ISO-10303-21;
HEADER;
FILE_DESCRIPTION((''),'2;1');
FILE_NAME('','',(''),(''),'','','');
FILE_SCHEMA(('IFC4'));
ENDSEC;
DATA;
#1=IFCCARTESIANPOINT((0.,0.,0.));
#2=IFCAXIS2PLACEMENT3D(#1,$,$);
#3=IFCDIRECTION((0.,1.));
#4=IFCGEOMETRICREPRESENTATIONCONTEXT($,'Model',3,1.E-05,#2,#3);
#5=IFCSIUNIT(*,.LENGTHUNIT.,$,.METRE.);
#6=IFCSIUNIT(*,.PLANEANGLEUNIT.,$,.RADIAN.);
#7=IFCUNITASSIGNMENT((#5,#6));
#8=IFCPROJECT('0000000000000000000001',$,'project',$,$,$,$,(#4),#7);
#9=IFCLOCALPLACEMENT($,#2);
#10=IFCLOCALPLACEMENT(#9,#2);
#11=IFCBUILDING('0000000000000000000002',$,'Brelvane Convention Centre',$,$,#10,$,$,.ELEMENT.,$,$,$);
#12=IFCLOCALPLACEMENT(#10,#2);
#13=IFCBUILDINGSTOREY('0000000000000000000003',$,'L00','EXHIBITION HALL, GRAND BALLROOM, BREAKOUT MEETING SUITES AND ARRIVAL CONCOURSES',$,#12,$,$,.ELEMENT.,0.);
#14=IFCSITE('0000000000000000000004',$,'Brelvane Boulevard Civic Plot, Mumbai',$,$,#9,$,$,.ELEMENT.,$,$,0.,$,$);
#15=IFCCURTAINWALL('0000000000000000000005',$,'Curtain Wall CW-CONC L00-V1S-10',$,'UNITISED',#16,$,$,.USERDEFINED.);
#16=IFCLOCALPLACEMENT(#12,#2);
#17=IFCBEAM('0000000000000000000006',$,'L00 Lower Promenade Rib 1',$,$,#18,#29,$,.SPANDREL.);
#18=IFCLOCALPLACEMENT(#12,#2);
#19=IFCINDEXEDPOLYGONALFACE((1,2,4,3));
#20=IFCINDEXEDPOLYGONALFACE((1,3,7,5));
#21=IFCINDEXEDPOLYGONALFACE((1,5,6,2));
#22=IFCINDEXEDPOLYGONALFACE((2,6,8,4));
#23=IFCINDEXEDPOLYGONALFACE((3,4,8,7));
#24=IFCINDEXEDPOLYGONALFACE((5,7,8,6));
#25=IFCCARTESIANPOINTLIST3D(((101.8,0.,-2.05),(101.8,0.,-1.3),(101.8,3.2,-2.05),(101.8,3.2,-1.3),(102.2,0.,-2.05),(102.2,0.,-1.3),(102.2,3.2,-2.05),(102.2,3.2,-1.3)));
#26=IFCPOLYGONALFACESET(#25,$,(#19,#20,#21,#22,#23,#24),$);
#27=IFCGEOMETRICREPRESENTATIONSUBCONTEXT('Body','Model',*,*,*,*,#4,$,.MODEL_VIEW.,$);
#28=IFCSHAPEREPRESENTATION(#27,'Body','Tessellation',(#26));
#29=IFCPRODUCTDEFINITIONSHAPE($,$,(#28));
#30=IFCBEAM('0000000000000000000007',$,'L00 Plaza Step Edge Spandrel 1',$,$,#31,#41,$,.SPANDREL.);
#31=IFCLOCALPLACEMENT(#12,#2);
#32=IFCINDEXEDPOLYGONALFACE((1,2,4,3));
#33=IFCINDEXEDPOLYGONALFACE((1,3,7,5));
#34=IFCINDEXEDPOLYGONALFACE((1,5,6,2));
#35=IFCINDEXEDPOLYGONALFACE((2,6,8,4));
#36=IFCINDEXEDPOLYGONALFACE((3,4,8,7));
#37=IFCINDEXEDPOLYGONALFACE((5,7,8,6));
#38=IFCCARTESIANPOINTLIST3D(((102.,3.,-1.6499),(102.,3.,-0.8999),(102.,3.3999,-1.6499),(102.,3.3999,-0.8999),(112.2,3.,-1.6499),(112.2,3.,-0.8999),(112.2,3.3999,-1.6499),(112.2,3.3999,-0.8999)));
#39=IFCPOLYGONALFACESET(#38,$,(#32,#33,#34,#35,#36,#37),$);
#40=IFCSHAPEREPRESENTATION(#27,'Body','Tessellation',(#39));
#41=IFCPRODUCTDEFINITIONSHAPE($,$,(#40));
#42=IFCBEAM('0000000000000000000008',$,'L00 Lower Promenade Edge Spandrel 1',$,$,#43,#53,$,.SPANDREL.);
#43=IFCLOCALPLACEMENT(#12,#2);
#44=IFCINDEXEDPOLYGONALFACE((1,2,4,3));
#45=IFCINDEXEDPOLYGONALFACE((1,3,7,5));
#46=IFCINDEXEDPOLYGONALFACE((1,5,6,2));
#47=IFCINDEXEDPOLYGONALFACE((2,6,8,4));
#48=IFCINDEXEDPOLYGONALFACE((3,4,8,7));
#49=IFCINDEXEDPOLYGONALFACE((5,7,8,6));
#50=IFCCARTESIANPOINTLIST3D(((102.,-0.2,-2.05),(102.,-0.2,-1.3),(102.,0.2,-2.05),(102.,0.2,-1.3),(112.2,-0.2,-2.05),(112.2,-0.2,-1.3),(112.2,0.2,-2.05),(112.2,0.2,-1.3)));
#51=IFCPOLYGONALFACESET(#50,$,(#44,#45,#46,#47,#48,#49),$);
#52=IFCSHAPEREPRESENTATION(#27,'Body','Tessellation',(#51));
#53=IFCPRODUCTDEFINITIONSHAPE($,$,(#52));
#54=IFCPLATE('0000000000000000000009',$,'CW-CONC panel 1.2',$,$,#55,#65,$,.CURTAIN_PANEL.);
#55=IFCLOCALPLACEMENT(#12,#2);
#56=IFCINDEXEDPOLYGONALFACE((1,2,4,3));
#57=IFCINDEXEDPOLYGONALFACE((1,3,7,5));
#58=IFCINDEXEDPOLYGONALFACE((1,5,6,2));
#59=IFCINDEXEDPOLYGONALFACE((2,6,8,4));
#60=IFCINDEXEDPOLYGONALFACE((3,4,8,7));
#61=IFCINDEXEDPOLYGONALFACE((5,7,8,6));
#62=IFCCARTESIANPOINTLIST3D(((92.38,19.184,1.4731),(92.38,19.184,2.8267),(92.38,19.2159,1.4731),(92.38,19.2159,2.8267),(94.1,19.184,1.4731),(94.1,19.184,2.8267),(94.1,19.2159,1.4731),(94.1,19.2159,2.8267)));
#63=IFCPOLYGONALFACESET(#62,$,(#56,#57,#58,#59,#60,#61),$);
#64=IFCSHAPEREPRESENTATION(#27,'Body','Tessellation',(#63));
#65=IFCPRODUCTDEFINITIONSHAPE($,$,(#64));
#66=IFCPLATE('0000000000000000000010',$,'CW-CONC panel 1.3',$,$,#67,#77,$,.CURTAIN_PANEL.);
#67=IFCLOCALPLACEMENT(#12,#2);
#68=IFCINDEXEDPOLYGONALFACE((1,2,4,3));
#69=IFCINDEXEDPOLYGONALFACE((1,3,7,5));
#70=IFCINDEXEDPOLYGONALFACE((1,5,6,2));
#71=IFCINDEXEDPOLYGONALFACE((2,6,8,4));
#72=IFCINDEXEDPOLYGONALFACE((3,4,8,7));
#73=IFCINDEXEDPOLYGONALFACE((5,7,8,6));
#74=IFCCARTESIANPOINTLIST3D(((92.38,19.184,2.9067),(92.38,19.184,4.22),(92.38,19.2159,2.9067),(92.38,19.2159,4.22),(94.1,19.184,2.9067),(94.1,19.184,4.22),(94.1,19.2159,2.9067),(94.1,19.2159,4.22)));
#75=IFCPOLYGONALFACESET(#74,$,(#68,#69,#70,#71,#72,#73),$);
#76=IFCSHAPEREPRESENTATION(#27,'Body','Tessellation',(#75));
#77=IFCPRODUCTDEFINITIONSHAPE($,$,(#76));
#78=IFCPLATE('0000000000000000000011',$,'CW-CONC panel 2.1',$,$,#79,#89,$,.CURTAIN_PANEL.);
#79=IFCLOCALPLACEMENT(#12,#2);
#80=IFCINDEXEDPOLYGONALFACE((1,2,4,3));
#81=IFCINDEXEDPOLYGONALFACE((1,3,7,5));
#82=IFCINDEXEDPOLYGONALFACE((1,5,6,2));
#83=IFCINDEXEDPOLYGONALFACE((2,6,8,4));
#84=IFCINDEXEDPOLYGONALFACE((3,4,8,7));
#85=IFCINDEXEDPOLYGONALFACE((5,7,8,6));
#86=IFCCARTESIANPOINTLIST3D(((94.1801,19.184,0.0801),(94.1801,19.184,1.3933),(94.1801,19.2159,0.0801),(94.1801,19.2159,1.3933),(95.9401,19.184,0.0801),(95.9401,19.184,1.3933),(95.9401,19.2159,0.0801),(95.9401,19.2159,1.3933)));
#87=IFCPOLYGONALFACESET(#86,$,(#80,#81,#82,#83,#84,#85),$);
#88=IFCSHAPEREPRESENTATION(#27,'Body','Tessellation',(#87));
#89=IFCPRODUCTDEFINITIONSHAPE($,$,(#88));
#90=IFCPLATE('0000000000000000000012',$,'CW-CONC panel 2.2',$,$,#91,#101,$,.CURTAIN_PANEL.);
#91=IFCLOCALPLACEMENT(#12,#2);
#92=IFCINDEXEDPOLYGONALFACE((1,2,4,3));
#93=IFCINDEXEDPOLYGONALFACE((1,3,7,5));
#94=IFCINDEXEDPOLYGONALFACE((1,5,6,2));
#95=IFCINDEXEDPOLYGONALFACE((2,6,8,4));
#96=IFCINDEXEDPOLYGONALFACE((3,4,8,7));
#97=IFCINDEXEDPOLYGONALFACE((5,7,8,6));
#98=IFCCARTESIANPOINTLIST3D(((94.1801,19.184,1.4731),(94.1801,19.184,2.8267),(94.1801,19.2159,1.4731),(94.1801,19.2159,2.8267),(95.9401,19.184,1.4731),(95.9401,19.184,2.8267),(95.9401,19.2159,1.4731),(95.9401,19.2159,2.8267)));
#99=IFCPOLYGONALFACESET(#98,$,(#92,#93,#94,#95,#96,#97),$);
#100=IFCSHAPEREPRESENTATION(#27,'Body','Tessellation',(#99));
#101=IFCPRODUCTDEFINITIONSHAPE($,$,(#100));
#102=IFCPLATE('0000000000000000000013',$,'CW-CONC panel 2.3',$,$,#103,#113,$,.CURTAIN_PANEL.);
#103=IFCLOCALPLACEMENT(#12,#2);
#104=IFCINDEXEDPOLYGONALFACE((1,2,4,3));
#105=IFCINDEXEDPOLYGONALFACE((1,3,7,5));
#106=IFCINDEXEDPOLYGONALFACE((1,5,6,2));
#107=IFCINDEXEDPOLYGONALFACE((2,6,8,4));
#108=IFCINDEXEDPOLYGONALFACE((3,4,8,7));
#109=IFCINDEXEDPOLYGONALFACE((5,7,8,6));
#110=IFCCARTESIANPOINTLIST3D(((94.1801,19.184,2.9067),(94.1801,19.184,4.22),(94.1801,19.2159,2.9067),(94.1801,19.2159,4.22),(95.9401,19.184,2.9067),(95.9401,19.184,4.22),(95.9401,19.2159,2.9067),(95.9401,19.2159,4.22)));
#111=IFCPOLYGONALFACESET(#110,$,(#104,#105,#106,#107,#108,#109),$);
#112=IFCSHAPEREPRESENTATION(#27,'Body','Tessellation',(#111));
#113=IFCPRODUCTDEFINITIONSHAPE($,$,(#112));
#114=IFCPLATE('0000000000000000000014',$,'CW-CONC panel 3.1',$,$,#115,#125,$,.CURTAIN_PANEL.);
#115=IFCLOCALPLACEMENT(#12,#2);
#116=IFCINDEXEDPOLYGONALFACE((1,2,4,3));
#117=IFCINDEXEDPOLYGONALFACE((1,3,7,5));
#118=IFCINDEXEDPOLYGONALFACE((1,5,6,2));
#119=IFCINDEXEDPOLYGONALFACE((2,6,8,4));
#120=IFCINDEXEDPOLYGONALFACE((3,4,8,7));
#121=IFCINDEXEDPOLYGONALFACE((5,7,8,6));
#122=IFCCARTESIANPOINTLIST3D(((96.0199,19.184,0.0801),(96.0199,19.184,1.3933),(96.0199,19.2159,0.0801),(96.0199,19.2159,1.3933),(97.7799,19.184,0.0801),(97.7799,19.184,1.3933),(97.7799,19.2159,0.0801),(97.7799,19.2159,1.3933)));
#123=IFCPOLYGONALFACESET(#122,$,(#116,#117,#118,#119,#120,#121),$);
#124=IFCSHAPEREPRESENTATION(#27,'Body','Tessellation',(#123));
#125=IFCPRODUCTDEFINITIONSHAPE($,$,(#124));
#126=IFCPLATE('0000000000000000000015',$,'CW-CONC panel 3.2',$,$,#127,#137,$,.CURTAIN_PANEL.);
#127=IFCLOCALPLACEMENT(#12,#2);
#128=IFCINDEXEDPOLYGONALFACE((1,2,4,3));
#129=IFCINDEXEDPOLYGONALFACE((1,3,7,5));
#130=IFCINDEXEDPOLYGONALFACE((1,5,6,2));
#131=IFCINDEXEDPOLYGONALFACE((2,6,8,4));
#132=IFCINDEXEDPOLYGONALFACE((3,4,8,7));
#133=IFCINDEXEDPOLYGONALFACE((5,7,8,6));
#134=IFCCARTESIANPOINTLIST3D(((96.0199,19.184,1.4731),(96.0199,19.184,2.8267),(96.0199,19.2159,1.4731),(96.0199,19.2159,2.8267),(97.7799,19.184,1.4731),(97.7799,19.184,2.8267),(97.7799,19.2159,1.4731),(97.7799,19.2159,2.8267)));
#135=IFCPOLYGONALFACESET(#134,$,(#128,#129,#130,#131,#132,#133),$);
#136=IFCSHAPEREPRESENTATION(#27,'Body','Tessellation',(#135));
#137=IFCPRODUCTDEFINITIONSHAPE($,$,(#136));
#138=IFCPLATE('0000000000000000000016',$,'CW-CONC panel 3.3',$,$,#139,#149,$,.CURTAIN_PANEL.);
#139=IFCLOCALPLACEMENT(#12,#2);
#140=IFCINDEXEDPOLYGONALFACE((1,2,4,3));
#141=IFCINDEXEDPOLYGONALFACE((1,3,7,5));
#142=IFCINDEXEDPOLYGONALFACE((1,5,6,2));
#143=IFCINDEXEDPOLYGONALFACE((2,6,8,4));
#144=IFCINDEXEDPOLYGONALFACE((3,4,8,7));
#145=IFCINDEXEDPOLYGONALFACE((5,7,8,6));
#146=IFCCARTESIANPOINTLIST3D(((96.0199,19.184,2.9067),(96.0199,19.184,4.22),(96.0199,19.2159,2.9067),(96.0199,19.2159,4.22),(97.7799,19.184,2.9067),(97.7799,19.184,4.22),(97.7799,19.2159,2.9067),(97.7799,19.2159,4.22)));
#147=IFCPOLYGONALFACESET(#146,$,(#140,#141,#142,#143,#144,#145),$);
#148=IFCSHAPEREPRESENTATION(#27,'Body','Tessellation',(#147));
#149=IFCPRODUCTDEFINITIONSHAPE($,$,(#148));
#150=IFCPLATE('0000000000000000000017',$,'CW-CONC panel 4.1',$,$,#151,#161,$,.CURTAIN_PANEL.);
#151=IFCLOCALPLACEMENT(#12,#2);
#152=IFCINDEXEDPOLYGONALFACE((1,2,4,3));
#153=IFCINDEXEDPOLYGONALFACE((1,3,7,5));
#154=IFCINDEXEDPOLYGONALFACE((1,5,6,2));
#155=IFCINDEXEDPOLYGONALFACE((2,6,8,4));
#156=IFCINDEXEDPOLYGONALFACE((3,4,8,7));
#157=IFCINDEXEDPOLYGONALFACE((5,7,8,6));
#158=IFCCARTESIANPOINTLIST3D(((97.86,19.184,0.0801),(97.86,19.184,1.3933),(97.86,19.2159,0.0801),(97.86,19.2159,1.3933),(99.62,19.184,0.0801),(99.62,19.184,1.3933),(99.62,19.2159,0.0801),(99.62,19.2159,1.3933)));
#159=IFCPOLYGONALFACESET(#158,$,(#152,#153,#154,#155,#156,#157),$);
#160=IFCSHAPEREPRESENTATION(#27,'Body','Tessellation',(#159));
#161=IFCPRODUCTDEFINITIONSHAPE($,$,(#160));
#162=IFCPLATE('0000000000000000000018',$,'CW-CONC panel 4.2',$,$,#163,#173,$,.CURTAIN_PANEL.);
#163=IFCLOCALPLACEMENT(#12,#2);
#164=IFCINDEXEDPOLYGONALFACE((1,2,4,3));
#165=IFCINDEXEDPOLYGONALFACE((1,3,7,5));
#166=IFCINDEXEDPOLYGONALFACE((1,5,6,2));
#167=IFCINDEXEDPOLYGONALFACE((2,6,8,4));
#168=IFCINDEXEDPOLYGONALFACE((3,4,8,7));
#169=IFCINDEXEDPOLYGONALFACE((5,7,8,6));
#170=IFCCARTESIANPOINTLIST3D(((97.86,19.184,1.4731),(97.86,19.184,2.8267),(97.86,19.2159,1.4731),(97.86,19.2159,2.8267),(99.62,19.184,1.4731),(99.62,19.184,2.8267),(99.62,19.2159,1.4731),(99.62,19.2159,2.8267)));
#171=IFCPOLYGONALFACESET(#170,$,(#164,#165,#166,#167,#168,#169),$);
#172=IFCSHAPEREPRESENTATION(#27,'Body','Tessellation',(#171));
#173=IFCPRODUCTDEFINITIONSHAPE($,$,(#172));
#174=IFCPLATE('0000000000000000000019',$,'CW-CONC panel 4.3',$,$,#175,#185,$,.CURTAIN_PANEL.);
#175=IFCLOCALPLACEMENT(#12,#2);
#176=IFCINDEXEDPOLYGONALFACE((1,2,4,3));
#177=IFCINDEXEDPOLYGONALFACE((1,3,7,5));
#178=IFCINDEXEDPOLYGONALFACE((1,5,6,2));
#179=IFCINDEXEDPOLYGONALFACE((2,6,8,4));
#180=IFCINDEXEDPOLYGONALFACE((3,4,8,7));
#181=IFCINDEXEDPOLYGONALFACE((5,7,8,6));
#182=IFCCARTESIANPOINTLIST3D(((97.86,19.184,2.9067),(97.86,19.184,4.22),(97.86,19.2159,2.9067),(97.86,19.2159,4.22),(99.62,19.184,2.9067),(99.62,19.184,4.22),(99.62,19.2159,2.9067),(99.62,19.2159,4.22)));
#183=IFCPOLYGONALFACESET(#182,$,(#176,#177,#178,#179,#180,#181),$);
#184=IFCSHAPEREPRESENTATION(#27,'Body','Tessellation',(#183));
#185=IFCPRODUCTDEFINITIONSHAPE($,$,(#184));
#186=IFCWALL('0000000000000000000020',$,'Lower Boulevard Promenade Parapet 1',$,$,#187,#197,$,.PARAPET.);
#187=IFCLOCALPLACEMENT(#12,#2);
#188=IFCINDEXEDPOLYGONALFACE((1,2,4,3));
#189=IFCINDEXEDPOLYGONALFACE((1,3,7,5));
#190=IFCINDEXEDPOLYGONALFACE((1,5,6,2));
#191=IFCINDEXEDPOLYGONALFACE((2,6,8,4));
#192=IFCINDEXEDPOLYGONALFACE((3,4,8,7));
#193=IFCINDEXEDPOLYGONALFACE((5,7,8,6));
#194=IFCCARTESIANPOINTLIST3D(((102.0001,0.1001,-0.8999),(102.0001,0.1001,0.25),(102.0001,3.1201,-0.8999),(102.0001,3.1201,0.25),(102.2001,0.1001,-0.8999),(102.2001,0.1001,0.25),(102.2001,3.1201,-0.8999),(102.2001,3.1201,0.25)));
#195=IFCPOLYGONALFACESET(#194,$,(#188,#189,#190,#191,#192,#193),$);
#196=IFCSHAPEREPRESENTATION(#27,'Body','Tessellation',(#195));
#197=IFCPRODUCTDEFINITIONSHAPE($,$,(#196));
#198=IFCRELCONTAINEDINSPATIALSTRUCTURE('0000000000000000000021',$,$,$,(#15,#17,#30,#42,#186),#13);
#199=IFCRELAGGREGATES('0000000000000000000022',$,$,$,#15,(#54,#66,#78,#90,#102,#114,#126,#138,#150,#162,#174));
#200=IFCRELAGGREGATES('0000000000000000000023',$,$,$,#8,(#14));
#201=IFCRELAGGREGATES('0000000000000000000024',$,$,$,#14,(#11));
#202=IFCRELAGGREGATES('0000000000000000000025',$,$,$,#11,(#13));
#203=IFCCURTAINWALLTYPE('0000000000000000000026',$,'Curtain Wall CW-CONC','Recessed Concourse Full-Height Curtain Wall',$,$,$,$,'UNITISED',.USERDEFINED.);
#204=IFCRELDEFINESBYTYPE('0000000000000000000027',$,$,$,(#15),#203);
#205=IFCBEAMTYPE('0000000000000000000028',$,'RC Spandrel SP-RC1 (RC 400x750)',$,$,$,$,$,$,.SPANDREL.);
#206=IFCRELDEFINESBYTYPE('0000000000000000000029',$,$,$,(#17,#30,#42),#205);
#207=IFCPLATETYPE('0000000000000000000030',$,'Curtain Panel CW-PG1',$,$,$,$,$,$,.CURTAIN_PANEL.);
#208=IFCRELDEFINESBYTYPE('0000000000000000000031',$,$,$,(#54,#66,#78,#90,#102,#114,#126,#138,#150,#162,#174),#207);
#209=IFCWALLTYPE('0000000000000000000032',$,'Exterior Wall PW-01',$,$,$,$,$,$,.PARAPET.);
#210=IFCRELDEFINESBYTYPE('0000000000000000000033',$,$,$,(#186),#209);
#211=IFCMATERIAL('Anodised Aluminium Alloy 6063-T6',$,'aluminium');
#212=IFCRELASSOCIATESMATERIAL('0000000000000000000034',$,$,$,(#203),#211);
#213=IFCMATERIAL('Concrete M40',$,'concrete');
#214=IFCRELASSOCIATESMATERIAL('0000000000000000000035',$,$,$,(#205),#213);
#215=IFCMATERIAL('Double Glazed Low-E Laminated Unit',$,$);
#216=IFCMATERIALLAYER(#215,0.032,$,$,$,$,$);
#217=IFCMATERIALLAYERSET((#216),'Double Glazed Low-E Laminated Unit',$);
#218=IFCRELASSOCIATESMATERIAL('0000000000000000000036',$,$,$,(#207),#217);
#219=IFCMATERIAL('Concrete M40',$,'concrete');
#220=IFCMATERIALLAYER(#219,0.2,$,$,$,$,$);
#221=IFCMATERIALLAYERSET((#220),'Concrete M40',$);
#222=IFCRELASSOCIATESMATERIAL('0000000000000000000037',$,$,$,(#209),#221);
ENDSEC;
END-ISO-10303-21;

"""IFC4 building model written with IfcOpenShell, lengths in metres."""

from ifc_helpers import new_model, si_unit, direction, frame, frame_2d, origin, origin_2d, place, context, subcontext, project, spatial, rectangle, extrude, material, layer, layer_set, material_profile, profile_set, type_object, element, aggregate, save


model = new_model("IFC4")

# Units and contexts
model_context = context("Model", 3, precision=1e-05, world=origin(), true_north=direction((0.0, 1.0)))
body_context = subcontext(model_context, "Body", "Model", "MODEL_VIEW")
ifc_project = project(units=[si_unit("LENGTHUNIT", "METRE"), si_unit("PLANEANGLEUNIT", "RADIAN")], contexts=[model_context])

# Site, building, storey
site_placement = place(None, origin())
site = spatial("IfcSite", under=ifc_project, at=site_placement, Name="Brelvane Boulevard Civic Plot, Mumbai", CompositionType="ELEMENT", RefElevation=0.0)
building_placement = place(site_placement, origin())
building = spatial("IfcBuilding", under=site, at=building_placement, Name="Brelvane Convention Centre", CompositionType="ELEMENT")
storey_placement = place(building_placement, origin())
storey = spatial("IfcBuildingStorey", under=building, at=storey_placement, Name="L00", Description="EXHIBITION HALL, GRAND BALLROOM, BREAKOUT MEETING SUITES AND ARRIVAL CONCOURSES", CompositionType="ELEMENT", Elevation=0.0)

# Curtain wall
ifc_material_1 = material(Name="Anodised Aluminium Alloy 6063-T6", Category="aluminium")
curtain_wall_type = type_object("IfcCurtainWallType", Name="Curtain Wall CW-CONC", Description="Recessed Concourse Full-Height Curtain Wall", ElementType="UNITISED", PredefinedType="USERDEFINED", material=ifc_material_1)
curtain_wall_placement = place(storey_placement, origin())
curtain_wall = element("IfcCurtainWall", 1, at=curtain_wall_placement, inside=storey, type_object=curtain_wall_type, Name="Curtain Wall CW-CONC L00-V1S-10", ObjectType="UNITISED", PredefinedType="USERDEFINED")

# Beams
ifc_material_2 = material(Name="Concrete M40", Category="concrete")
ifc_material_profile_1 = material_profile(ifc_material_2, rectangle(XDim=0.3999, YDim=0.75, at=origin_2d()), Name="RC 400x750")
ifc_profile_set_1 = profile_set([ifc_material_profile_1], Name="Concrete M40")
beam_type_1 = type_object("IfcBeamType", Name="RC Spandrel SP-RC1 (RC 400x750)", PredefinedType="SPANDREL", material=ifc_profile_set_1)
beam_1_placement = place(storey_placement, frame((102.0, 0.0, -1.675), z_axis=(0.0, 1.0, 0.0), x_axis=(-1.0, 0.0, 0.0)))
element("IfcBeam", 2, at=beam_1_placement, inside=storey, type_object=beam_type_1, Name="L00 Lower Promenade Rib 1", PredefinedType="SPANDREL", context=body_context, shape_type="SweptSolid", body=[
    extrude(rectangle(XDim=0.3999, YDim=0.75, at=origin_2d()), origin(), (0.0, 0.0, 1.0), 3.2),
])
for number, where, z_axis, x_axis, name in (
    (3, (102.0, 3.2, -1.2749), (1.0, 0.0, 0.0), (0.0, 1.0, 0.0), "L00 Plaza Step Edge Spandrel 1"),
    (4, (102.0, 0.0, -1.675), (1.0, 0.0, 0.0), (0.0, 1.0, 0.0), "L00 Lower Promenade Edge Spandrel 1"),
):
    element("IfcBeam", number, at=place(storey_placement, frame(where, z_axis=z_axis, x_axis=x_axis)), inside=storey, type_object=beam_type_1, Name=name, PredefinedType="SPANDREL", context=body_context, shape_type="SweptSolid", body=[
        extrude(rectangle(XDim=0.3999, YDim=0.75, at=origin_2d()), origin(), (0.0, 0.0, 1.0), 10.2),
    ])

# Plates
ifc_material_3 = material(Name="Double Glazed Low-E Laminated Unit")
ifc_layer_1 = layer(ifc_material_3, 0.032)
ifc_layer_set_1 = layer_set([ifc_layer_1], Name="Double Glazed Low-E Laminated Unit")
plate_type = type_object("IfcPlateType", Name="Curtain Panel CW-PG1", PredefinedType="CURTAIN_PANEL", material=ifc_layer_set_1)
plate_1_placement = place(storey_placement, frame((93.24, 19.2, 1.4731), z_axis=(0.0, 0.0, 1.0), x_axis=(1.0, 0.0, 0.0)))
plate_1 = element("IfcPlate", 5, at=plate_1_placement, type_object=plate_type, Name="CW-CONC panel 1.2", PredefinedType="CURTAIN_PANEL", context=body_context, shape_type="SweptSolid", body=[
    extrude(rectangle(XDim=1.72, YDim=0.032, at=origin_2d()), origin(), (0.0, 0.0, 1.0), 1.3535),
])
plate_2_placement = place(storey_placement, frame((93.24, 19.2, 2.9067), z_axis=(0.0, 0.0, 1.0), x_axis=(1.0, 0.0, 0.0)))
plate_2 = element("IfcPlate", 6, at=plate_2_placement, type_object=plate_type, Name="CW-CONC panel 1.3", PredefinedType="CURTAIN_PANEL", context=body_context, shape_type="SweptSolid", body=[
    extrude(rectangle(XDim=1.72, YDim=0.032, at=origin_2d()), origin(), (0.0, 0.0, 1.0), 1.3132),
])
plate_3_placement = place(storey_placement, frame((95.0601, 19.2, 0.0801), z_axis=(0.0, 0.0, 1.0), x_axis=(1.0, 0.0, 0.0)))
plate_3 = element("IfcPlate", 7, at=plate_3_placement, type_object=plate_type, Name="CW-CONC panel 2.1", PredefinedType="CURTAIN_PANEL", context=body_context, shape_type="SweptSolid", body=[
    extrude(rectangle(XDim=1.76, YDim=0.032, at=origin_2d()), origin(), (0.0, 0.0, 1.0), 1.3132),
])
plate_4_placement = place(storey_placement, frame((95.0601, 19.2, 1.4731), z_axis=(0.0, 0.0, 1.0), x_axis=(1.0, 0.0, 0.0)))
plate_4 = element("IfcPlate", 8, at=plate_4_placement, type_object=plate_type, Name="CW-CONC panel 2.2", PredefinedType="CURTAIN_PANEL", context=body_context, shape_type="SweptSolid", body=[
    extrude(rectangle(XDim=1.76, YDim=0.032, at=origin_2d()), origin(), (0.0, 0.0, 1.0), 1.3535),
])
plate_5_placement = place(storey_placement, frame((95.0601, 19.2, 2.9067), z_axis=(0.0, 0.0, 1.0), x_axis=(1.0, 0.0, 0.0)))
plate_5 = element("IfcPlate", 9, at=plate_5_placement, type_object=plate_type, Name="CW-CONC panel 2.3", PredefinedType="CURTAIN_PANEL", context=body_context, shape_type="SweptSolid", body=[
    extrude(rectangle(XDim=1.76, YDim=0.032, at=origin_2d()), origin(), (0.0, 0.0, 1.0), 1.3132),
])
plate_6_placement = place(storey_placement, frame((96.8999, 19.2, 0.0801), z_axis=(0.0, 0.0, 1.0), x_axis=(1.0, 0.0, 0.0)))
plate_6 = element("IfcPlate", 10, at=plate_6_placement, type_object=plate_type, Name="CW-CONC panel 3.1", PredefinedType="CURTAIN_PANEL", context=body_context, shape_type="SweptSolid", body=[
    extrude(rectangle(XDim=1.76, YDim=0.032, at=origin_2d()), origin(), (0.0, 0.0, 1.0), 1.3132),
])
plate_7_placement = place(storey_placement, frame((96.8999, 19.2, 1.4731), z_axis=(0.0, 0.0, 1.0), x_axis=(1.0, 0.0, 0.0)))
plate_7 = element("IfcPlate", 11, at=plate_7_placement, type_object=plate_type, Name="CW-CONC panel 3.2", PredefinedType="CURTAIN_PANEL", context=body_context, shape_type="SweptSolid", body=[
    extrude(rectangle(XDim=1.76, YDim=0.032, at=origin_2d()), origin(), (0.0, 0.0, 1.0), 1.3535),
])
plate_8_placement = place(storey_placement, frame((96.8999, 19.2, 2.9067), z_axis=(0.0, 0.0, 1.0), x_axis=(1.0, 0.0, 0.0)))
plate_8 = element("IfcPlate", 12, at=plate_8_placement, type_object=plate_type, Name="CW-CONC panel 3.3", PredefinedType="CURTAIN_PANEL", context=body_context, shape_type="SweptSolid", body=[
    extrude(rectangle(XDim=1.76, YDim=0.032, at=origin_2d()), origin(), (0.0, 0.0, 1.0), 1.3132),
])
plate_9_placement = place(storey_placement, frame((98.74, 19.2, 0.0801), z_axis=(0.0, 0.0, 1.0), x_axis=(1.0, 0.0, 0.0)))
plate_9 = element("IfcPlate", 13, at=plate_9_placement, type_object=plate_type, Name="CW-CONC panel 4.1", PredefinedType="CURTAIN_PANEL", context=body_context, shape_type="SweptSolid", body=[
    extrude(rectangle(XDim=1.76, YDim=0.032, at=origin_2d()), origin(), (0.0, 0.0, 1.0), 1.3132),
])
plate_10_placement = place(storey_placement, frame((98.74, 19.2, 1.4731), z_axis=(0.0, 0.0, 1.0), x_axis=(1.0, 0.0, 0.0)))
plate_10 = element("IfcPlate", 14, at=plate_10_placement, type_object=plate_type, Name="CW-CONC panel 4.2", PredefinedType="CURTAIN_PANEL", context=body_context, shape_type="SweptSolid", body=[
    extrude(rectangle(XDim=1.76, YDim=0.032, at=origin_2d()), origin(), (0.0, 0.0, 1.0), 1.3535),
])
plate_11_placement = place(storey_placement, frame((98.74, 19.2, 2.9067), z_axis=(0.0, 0.0, 1.0), x_axis=(1.0, 0.0, 0.0)))
plate_11 = element("IfcPlate", 15, at=plate_11_placement, type_object=plate_type, Name="CW-CONC panel 4.3", PredefinedType="CURTAIN_PANEL", context=body_context, shape_type="SweptSolid", body=[
    extrude(rectangle(XDim=1.76, YDim=0.032, at=origin_2d()), origin(), (0.0, 0.0, 1.0), 1.3132),
])
aggregate(curtain_wall, [plate_1, plate_2, plate_3, plate_4, plate_5, plate_6, plate_7, plate_8, plate_9, plate_10, plate_11])

# Wall
ifc_material_4 = material(Name="Concrete M40", Category="concrete")
ifc_layer_2 = layer(ifc_material_4, 0.2)
ifc_layer_set_2 = layer_set([ifc_layer_2], Name="Concrete M40")
wall_type = type_object("IfcWallType", Name="Exterior Wall PW-01", PredefinedType="PARAPET", material=ifc_layer_set_2)
wall_1_placement = place(storey_placement, frame((102.1001, 3.1201, -0.8999), z_axis=(0.0, 0.0, 1.0), x_axis=(0.0, -1.0, 0.0)))
element("IfcWall", 16, at=wall_1_placement, inside=storey, type_object=wall_type, Name="Lower Boulevard Promenade Parapet 1", PredefinedType="PARAPET", context=body_context, shape_type="SweptSolid", body=[
    extrude(rectangle(XDim=3.02, YDim=0.2, at=frame_2d((1.51, 0.0))), origin(), (0.0, 0.0, 1.0), 1.1499),
])

save(model, "model.ifc")
